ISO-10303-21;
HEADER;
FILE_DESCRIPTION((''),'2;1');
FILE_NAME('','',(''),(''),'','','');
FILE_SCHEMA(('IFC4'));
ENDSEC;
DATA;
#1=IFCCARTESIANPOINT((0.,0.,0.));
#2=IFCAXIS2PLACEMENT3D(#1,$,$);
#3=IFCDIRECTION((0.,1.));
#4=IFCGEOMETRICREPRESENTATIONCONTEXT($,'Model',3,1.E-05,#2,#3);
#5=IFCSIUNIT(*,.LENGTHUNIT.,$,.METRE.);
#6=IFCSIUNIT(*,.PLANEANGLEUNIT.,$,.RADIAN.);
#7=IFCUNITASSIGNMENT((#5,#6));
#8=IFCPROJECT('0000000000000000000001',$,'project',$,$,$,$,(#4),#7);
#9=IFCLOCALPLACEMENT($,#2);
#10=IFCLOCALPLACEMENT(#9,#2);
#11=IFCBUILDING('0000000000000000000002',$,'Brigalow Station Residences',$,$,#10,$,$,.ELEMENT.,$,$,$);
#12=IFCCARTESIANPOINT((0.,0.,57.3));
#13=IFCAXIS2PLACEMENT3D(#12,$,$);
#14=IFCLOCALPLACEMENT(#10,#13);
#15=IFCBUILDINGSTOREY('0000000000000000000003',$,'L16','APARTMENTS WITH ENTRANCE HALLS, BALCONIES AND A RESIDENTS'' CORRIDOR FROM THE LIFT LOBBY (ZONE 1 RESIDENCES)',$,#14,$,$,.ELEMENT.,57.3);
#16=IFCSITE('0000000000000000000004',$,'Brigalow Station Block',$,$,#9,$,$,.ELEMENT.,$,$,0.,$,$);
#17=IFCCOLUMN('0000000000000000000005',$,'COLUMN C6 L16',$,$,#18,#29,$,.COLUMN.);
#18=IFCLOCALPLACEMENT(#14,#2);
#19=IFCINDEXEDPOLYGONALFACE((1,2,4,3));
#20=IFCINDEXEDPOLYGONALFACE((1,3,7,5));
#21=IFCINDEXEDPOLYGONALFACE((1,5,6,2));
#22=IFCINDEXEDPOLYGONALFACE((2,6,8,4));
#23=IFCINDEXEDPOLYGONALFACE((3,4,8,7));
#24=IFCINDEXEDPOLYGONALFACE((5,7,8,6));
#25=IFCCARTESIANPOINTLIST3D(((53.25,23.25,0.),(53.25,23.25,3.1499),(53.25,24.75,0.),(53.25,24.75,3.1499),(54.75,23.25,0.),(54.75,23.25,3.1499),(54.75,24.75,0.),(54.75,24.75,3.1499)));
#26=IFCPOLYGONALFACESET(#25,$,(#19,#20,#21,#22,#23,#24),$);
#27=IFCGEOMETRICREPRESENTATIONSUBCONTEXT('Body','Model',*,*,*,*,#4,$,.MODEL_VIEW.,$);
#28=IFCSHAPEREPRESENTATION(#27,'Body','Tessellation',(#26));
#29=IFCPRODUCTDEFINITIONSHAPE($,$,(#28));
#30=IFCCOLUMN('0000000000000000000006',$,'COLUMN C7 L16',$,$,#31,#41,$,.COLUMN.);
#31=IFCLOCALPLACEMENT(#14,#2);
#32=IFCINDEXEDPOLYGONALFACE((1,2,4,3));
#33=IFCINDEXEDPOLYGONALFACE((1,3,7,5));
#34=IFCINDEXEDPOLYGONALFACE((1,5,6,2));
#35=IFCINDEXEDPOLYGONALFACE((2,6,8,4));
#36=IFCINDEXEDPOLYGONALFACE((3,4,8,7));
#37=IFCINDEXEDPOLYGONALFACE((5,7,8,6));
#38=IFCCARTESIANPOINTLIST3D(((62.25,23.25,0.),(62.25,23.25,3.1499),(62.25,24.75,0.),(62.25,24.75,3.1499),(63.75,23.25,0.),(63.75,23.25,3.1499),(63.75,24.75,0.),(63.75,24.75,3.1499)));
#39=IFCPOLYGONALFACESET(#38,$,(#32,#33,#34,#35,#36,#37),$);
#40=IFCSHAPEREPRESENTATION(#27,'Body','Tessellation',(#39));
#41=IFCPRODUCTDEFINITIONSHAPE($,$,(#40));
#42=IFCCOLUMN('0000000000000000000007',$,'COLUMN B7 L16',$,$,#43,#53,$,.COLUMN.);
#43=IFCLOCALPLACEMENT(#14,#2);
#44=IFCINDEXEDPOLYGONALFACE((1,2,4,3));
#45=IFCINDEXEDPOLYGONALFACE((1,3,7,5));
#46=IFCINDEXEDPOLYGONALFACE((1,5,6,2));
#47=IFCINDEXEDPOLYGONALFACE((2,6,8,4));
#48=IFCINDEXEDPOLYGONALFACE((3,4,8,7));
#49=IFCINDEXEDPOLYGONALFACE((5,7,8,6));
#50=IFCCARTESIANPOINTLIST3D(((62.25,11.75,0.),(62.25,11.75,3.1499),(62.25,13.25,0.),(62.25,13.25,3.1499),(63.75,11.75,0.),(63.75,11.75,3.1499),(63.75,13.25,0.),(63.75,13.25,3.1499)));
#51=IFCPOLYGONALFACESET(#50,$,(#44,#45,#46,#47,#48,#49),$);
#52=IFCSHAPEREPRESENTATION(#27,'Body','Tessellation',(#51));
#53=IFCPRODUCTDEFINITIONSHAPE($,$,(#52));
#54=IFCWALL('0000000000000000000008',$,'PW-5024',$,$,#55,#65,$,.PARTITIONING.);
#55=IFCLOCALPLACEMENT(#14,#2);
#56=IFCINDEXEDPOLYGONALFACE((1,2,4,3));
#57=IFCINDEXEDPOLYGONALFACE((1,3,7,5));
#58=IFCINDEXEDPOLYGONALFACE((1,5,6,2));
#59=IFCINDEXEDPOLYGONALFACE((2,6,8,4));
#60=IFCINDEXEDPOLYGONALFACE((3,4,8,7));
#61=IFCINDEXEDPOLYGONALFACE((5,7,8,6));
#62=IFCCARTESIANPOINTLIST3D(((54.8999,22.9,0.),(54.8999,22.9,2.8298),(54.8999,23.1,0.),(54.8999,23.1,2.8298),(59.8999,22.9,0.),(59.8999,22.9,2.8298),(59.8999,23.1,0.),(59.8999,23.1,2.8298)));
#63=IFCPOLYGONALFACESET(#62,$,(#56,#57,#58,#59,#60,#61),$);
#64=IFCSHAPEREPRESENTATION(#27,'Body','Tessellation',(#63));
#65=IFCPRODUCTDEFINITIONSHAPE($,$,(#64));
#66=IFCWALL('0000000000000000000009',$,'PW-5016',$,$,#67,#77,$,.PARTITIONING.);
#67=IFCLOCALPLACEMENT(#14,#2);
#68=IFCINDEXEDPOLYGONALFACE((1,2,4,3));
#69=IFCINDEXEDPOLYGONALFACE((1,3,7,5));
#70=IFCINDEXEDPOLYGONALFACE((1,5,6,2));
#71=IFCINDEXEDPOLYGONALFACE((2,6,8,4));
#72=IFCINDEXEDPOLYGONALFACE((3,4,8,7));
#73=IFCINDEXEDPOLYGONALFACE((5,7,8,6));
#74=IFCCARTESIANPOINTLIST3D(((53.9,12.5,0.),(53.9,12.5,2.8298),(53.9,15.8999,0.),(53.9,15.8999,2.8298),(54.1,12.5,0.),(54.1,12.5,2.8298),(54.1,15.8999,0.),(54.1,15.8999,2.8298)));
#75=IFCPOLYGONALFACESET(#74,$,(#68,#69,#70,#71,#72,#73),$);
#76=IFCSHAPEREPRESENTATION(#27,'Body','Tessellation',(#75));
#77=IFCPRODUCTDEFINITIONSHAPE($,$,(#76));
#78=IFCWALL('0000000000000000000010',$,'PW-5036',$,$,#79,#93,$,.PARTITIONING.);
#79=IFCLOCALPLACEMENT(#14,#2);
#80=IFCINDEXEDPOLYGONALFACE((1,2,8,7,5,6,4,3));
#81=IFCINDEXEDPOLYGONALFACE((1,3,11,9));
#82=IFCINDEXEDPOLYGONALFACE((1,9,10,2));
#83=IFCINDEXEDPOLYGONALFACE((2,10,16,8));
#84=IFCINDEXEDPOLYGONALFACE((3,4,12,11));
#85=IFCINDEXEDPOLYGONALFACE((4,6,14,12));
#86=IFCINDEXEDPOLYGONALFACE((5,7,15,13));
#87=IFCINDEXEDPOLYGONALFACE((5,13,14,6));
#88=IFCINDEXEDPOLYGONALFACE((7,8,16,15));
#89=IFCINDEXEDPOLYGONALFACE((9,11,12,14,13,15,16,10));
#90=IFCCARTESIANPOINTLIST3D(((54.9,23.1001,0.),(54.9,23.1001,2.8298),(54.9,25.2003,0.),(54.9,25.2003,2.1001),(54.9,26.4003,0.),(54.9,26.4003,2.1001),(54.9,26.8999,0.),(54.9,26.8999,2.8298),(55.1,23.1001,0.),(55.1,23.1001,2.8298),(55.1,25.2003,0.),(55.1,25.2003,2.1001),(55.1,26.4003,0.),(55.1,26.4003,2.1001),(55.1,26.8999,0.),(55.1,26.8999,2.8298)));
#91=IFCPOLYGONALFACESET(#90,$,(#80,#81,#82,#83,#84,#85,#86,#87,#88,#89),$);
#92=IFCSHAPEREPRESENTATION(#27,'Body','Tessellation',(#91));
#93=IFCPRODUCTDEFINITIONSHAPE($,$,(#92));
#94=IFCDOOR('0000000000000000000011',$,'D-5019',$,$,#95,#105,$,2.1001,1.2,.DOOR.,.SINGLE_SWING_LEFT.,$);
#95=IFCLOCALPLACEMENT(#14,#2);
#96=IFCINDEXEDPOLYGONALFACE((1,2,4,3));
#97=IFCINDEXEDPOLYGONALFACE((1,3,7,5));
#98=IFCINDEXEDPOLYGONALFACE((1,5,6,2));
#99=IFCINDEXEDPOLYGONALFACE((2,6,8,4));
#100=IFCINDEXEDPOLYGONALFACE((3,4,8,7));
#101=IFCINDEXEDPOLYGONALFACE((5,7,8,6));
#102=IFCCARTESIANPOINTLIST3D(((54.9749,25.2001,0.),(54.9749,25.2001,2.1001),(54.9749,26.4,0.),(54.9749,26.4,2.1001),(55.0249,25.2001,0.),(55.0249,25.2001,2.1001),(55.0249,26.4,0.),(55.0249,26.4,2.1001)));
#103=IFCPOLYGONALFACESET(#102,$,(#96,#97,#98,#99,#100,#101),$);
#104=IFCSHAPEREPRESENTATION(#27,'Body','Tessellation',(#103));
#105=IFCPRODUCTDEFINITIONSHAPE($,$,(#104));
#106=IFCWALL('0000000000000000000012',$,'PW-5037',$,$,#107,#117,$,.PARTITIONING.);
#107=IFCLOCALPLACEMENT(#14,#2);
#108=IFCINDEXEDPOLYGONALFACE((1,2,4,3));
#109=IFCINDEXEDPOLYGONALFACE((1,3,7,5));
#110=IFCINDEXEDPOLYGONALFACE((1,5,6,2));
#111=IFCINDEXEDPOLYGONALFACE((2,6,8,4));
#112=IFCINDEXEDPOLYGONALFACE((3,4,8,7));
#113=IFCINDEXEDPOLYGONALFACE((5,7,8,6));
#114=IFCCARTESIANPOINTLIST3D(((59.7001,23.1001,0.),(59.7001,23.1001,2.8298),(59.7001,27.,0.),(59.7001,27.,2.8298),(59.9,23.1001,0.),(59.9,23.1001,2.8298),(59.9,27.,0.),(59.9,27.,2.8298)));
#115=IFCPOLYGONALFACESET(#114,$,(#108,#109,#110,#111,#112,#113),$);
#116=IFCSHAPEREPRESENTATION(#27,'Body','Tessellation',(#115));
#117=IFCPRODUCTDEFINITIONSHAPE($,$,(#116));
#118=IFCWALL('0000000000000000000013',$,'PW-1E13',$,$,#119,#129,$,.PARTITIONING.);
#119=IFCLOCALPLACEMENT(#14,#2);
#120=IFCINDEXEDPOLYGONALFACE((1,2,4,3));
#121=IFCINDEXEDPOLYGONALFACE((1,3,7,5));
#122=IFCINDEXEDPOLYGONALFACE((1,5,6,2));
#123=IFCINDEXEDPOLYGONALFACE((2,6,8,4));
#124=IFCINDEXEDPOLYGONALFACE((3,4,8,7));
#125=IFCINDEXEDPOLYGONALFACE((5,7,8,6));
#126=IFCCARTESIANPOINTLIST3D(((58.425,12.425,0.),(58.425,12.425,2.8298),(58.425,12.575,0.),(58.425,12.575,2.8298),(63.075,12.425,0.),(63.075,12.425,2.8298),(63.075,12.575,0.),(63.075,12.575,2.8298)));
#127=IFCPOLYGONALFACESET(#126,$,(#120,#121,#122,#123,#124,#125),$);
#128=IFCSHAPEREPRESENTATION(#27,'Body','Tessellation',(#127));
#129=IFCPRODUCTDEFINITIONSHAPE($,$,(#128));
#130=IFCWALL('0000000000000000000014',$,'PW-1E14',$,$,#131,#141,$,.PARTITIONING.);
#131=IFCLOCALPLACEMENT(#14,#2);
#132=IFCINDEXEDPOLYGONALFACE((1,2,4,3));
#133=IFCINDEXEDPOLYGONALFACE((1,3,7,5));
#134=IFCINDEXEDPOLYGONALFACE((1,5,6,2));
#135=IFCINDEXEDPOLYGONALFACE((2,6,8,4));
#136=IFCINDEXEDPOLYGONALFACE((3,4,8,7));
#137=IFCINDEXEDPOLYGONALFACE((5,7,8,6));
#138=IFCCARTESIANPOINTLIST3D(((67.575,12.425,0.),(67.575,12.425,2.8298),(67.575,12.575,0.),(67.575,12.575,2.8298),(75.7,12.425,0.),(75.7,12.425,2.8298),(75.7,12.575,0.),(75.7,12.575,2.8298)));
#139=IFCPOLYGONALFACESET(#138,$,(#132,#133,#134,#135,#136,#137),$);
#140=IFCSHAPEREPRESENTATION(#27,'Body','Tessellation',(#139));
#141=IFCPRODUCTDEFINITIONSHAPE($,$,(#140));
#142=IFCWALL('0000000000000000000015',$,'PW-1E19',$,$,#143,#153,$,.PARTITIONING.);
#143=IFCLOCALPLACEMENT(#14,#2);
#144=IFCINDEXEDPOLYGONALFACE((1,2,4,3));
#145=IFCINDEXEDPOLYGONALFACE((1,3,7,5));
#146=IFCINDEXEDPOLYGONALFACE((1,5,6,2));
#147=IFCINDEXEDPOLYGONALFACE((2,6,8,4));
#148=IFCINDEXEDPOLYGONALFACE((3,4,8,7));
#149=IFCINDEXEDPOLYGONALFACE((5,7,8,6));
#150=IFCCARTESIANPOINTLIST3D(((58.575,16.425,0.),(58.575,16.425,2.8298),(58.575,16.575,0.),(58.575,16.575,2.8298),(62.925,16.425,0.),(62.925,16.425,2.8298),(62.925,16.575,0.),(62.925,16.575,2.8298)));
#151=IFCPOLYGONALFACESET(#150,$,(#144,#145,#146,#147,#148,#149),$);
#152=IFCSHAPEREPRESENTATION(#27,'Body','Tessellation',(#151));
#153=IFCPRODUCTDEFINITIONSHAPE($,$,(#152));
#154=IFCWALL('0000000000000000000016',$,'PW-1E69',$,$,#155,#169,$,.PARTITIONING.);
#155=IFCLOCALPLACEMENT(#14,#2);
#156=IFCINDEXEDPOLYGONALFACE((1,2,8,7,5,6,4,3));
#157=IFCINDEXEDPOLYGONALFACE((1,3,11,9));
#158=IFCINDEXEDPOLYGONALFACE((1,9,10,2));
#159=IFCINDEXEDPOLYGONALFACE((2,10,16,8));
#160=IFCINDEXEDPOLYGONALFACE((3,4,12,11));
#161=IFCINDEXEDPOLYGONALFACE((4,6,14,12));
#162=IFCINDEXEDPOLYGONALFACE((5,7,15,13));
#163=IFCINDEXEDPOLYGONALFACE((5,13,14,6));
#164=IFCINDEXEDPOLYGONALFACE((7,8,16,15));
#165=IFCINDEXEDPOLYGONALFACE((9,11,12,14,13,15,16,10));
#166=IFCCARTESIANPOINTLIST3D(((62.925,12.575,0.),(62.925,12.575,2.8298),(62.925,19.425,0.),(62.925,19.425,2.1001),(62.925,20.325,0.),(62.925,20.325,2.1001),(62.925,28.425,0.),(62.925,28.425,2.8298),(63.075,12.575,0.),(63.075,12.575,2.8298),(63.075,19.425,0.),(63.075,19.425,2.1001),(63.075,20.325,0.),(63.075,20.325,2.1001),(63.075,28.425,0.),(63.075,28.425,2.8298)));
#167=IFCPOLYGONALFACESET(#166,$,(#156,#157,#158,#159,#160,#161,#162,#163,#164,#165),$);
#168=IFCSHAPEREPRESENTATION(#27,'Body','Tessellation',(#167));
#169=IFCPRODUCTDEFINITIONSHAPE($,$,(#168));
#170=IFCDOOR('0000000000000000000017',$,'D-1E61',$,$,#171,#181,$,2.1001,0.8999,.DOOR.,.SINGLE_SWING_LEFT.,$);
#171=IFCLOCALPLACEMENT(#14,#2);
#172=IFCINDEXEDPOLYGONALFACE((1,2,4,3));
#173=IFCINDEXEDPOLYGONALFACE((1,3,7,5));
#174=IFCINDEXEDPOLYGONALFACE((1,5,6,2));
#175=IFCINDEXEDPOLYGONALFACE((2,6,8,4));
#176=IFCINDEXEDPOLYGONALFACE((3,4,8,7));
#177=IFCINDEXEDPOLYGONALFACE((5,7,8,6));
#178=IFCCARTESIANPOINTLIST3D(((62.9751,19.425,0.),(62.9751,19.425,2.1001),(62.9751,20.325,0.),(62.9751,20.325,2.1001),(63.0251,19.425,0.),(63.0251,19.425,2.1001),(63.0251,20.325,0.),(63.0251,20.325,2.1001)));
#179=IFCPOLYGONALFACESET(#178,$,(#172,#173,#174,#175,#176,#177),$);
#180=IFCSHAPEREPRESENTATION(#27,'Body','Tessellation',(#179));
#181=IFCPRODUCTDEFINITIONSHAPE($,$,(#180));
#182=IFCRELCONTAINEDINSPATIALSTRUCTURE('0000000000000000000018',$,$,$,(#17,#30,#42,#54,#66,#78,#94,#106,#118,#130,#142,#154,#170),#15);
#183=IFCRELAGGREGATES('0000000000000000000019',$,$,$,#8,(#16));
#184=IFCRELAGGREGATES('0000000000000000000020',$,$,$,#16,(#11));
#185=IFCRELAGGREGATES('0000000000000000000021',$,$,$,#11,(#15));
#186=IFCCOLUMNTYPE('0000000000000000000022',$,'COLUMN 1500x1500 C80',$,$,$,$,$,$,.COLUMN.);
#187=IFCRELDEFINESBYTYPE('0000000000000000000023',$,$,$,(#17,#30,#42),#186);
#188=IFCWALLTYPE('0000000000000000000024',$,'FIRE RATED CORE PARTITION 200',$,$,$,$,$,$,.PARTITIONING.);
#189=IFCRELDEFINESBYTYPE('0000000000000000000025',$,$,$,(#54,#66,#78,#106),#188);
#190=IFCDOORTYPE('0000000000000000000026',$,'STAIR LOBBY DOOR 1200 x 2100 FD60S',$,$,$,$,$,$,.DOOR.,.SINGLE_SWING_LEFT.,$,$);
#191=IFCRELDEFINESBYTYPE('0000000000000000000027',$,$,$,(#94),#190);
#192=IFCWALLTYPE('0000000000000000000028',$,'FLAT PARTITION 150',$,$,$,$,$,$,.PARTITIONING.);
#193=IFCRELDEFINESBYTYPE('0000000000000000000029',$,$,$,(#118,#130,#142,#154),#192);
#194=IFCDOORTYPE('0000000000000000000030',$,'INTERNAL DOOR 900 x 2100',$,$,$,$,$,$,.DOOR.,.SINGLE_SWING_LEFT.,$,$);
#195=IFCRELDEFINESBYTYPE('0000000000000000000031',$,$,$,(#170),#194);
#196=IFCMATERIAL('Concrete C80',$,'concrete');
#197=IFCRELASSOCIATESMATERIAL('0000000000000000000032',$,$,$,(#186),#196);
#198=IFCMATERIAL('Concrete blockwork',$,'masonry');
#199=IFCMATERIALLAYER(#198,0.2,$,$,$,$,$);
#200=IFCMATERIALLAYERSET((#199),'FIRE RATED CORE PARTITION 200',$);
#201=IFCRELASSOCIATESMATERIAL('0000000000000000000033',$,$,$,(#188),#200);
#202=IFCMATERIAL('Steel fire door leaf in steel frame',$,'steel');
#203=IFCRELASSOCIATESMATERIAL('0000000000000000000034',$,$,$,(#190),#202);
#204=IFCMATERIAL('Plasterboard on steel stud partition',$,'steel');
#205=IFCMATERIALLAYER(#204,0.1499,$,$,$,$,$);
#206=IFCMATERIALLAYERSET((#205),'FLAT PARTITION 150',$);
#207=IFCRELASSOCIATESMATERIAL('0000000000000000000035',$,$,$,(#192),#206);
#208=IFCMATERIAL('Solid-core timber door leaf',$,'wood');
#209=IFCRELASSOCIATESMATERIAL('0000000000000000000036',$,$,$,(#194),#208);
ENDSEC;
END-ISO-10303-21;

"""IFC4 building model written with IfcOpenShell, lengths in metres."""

from ifc_helpers import new_model, si_unit, direction, frame, frame_2d, origin, origin_2d, place, context, subcontext, project, spatial, rectangle, extrude, material, layer, layer_set, material_profile, profile_set, type_object, element, fill, save


model = new_model("IFC4")

# Units and contexts
model_context = context("Model", 3, precision=1e-05, world=origin(), true_north=direction((0.0, 1.0)))
body_context = subcontext(model_context, "Body", "Model", "MODEL_VIEW")
ifc_project = project(units=[si_unit("LENGTHUNIT", "METRE"), si_unit("PLANEANGLEUNIT", "RADIAN")], contexts=[model_context])

# Site, building, storey
site_placement = place(None, origin())
site = spatial("IfcSite", under=ifc_project, at=site_placement, Name="Brigalow Station Block", CompositionType="ELEMENT", RefElevation=0.0)
building_placement = place(site_placement, origin())
building = spatial("IfcBuilding", under=site, at=building_placement, Name="Brigalow Station Residences", CompositionType="ELEMENT")
storey_placement = place(building_placement, frame((0.0, 0.0, 57.3)))
storey = spatial("IfcBuildingStorey", under=building, at=storey_placement, Name="L16", Description="APARTMENTS WITH ENTRANCE HALLS, BALCONIES AND A RESIDENTS' CORRIDOR FROM THE LIFT LOBBY (ZONE 1 RESIDENCES)", CompositionType="ELEMENT", Elevation=57.3)

# Columns
ifc_material_1 = material(Name="Concrete C80", Category="concrete")
ifc_material_profile = material_profile(ifc_material_1, rectangle(XDim=1.5, YDim=1.5, at=origin_2d()), Name="RC1500x1500")
ifc_profile_set = profile_set([ifc_material_profile], Name="Concrete C80")
column_type = type_object("IfcColumnType", Name="COLUMN 1500x1500 C80", PredefinedType="COLUMN", material=ifc_profile_set)
for number, where, z_axis, x_axis, name in (
    (1, (54.0, 24.0, 0.0), (0.0, 0.0, 1.0), (1.0, 0.0, 0.0), "COLUMN C6 L16"),
    (2, (63.0, 24.0, 0.0), (0.0, 0.0, 1.0), (1.0, 0.0, 0.0), "COLUMN C7 L16"),
    (3, (63.0, 12.5, 0.0), (0.0, 0.0, 1.0), (1.0, 0.0, 0.0), "COLUMN B7 L16"),
):
    element("IfcColumn", number, at=place(storey_placement, frame(where, z_axis=z_axis, x_axis=x_axis)), inside=storey, type_object=column_type, Name=name, PredefinedType="COLUMN", context=body_context, shape_type="SweptSolid", body=[
        extrude(rectangle(XDim=1.5, YDim=1.5, at=origin_2d()), origin(), (0.0, 0.0, 1.0), 3.1499),
    ])

# Walls
ifc_material_2 = material(Name="Concrete blockwork", Category="masonry")
ifc_layer_1 = layer(ifc_material_2, 0.2)
ifc_layer_set_1 = layer_set([ifc_layer_1], Name="FIRE RATED CORE PARTITION 200")
wall_type_1 = type_object("IfcWallType", Name="FIRE RATED CORE PARTITION 200", PredefinedType="PARTITIONING", material=ifc_layer_set_1)
wall_1_placement = place(storey_placement, frame((54.8999, 23.0, 0.0), z_axis=(0.0, 0.0, 1.0), x_axis=(1.0, 0.0, 0.0)))
element("IfcWall", 4, at=wall_1_placement, inside=storey, type_object=wall_type_1, Name="PW-5024", PredefinedType="PARTITIONING", context=body_context, shape_type="SweptSolid", body=[
    extrude(rectangle(XDim=5.0, YDim=0.2, at=frame_2d((2.5, 0.0))), origin(), (0.0, 0.0, 1.0), 2.8298),
])
wall_2_placement = place(storey_placement, frame((54.0, 12.5, 0.0), z_axis=(0.0, 0.0, 1.0), x_axis=(0.0, 1.0, 0.0)))
element("IfcWall", 5, at=wall_2_placement, inside=storey, type_object=wall_type_1, Name="PW-5016", PredefinedType="PARTITIONING", context=body_context, shape_type="SweptSolid", body=[
    extrude(rectangle(XDim=3.3999, YDim=0.2, at=frame_2d((1.7, 0.0))), origin(), (0.0, 0.0, 1.0), 2.8298),
])

# Wall, opening, door
wall_3_placement = place(storey_placement, frame((55.0, 23.1001, 0.0), z_axis=(0.0, 0.0, 1.0), x_axis=(0.0, 1.0, 0.0)))
wall_3 = element("IfcWall", 6, at=wall_3_placement, inside=storey, type_object=wall_type_1, Name="PW-5036", PredefinedType="PARTITIONING", context=body_context, shape_type="SweptSolid", body=[
    extrude(rectangle(XDim=3.7998, YDim=0.2, at=frame_2d((1.8999, 0.0))), origin(), (0.0, 0.0, 1.0), 2.8298),
])
opening_1_placement = place(wall_3_placement, frame((2.1001, 0.0, 0.0)))
opening_1 = element("IfcOpeningElement", 7, at=opening_1_placement, cuts=wall_3, PredefinedType="OPENING", context=body_context, shape_type="SweptSolid", body=[
    extrude(rectangle(XDim=1.2, YDim=2.1001, at=frame_2d((0.6001, 1.05))), frame((0.0, 0.1099, 0.0), z_axis=(0.0, -1.0, 0.0), x_axis=(1.0, 0.0, 0.0)), (0.0, 0.0, 1.0), 0.22),
])
ifc_material_3 = material(Name="Steel fire door leaf in steel frame", Category="steel")
door_type_1 = type_object("IfcDoorType", Name="STAIR LOBBY DOOR 1200 x 2100 FD60S", OperationType="SINGLE_SWING_LEFT", PredefinedType="DOOR", material=ifc_material_3)
door_1_placement = place(opening_1_placement, frame((1.2, 0.0, 0.0), z_axis=(0.0, 0.0, 1.0), x_axis=(-1.0, 0.0, 0.0)))
door_1 = element("IfcDoor", 8, at=door_1_placement, inside=storey, type_object=door_type_1, Name="D-5019", OperationType="SINGLE_SWING_LEFT", OverallHeight=2.1001, OverallWidth=1.2, PredefinedType="DOOR", context=body_context, shape_type="SweptSolid", body=[
    extrude(rectangle(XDim=1.2, YDim=2.1001, at=frame_2d((0.6001, 1.05))), frame((0.0, 0.0249, 0.0), z_axis=(0.0, -1.0, 0.0), x_axis=(1.0, 0.0, 0.0)), (0.0, 0.0, 1.0), 0.05),
])
fill(opening_1, door_1)

# Walls
wall_4_placement = place(storey_placement, frame((59.8, 23.1001, 0.0), z_axis=(0.0, 0.0, 1.0), x_axis=(0.0, 1.0, 0.0)))
element("IfcWall", 9, at=wall_4_placement, inside=storey, type_object=wall_type_1, Name="PW-5037", PredefinedType="PARTITIONING", context=body_context, shape_type="SweptSolid", body=[
    extrude(rectangle(XDim=3.8999, YDim=0.2, at=frame_2d((1.95, 0.0))), origin(), (0.0, 0.0, 1.0), 2.8298),
])
ifc_material_4 = material(Name="Plasterboard on steel stud partition", Category="steel")
ifc_layer_2 = layer(ifc_material_4, 0.1499)
ifc_layer_set_2 = layer_set([ifc_layer_2], Name="FLAT PARTITION 150")
wall_type_2 = type_object("IfcWallType", Name="FLAT PARTITION 150", PredefinedType="PARTITIONING", material=ifc_layer_set_2)
wall_5_placement = place(storey_placement, frame((58.425, 12.5, 0.0), z_axis=(0.0, 0.0, 1.0), x_axis=(1.0, 0.0, 0.0)))
element("IfcWall", 10, at=wall_5_placement, inside=storey, type_object=wall_type_2, Name="PW-1E13", PredefinedType="PARTITIONING", context=body_context, shape_type="SweptSolid", body=[
    extrude(rectangle(XDim=4.6499, YDim=0.1499, at=frame_2d((2.325, 0.0))), origin(), (0.0, 0.0, 1.0), 2.8298),
])
wall_6_placement = place(storey_placement, frame((67.575, 12.5, 0.0), z_axis=(0.0, 0.0, 1.0), x_axis=(1.0, 0.0, 0.0)))
element("IfcWall", 11, at=wall_6_placement, inside=storey, type_object=wall_type_2, Name="PW-1E14", PredefinedType="PARTITIONING", context=body_context, shape_type="SweptSolid", body=[
    extrude(rectangle(XDim=8.125, YDim=0.1499, at=frame_2d((4.0625, 0.0))), origin(), (0.0, 0.0, 1.0), 2.8298),
])
wall_7_placement = place(storey_placement, frame((58.575, 16.5, 0.0), z_axis=(0.0, 0.0, 1.0), x_axis=(1.0, 0.0, 0.0)))
element("IfcWall", 12, at=wall_7_placement, inside=storey, type_object=wall_type_2, Name="PW-1E19", PredefinedType="PARTITIONING", context=body_context, shape_type="SweptSolid", body=[
    extrude(rectangle(XDim=4.3501, YDim=0.1499, at=frame_2d((2.175, 0.0))), origin(), (0.0, 0.0, 1.0), 2.8298),
])

# Wall, opening, door
wall_8_placement = place(storey_placement, frame((63.0, 12.575, 0.0), z_axis=(0.0, 0.0, 1.0), x_axis=(0.0, 1.0, 0.0)))
wall_8 = element("IfcWall", 13, at=wall_8_placement, inside=storey, type_object=wall_type_2, Name="PW-1E69", PredefinedType="PARTITIONING", context=body_context, shape_type="SweptSolid", body=[
    extrude(rectangle(XDim=15.8501, YDim=0.1499, at=frame_2d((7.925, 0.0))), origin(), (0.0, 0.0, 1.0), 2.8298),
])
opening_2_placement = place(wall_8_placement, frame((6.8501, 0.0, 0.0)))
opening_2 = element("IfcOpeningElement", 14, at=opening_2_placement, cuts=wall_8, PredefinedType="OPENING", context=body_context, shape_type="SweptSolid", body=[
    extrude(rectangle(XDim=0.8999, YDim=2.1001, at=frame_2d((0.45, 1.05))), frame((0.0, 0.085, 0.0), z_axis=(0.0, -1.0, 0.0), x_axis=(1.0, 0.0, 0.0)), (0.0, 0.0, 1.0), 0.1699),
])
ifc_material_5 = material(Name="Solid-core timber door leaf", Category="wood")
door_type_2 = type_object("IfcDoorType", Name="INTERNAL DOOR 900 x 2100", OperationType="SINGLE_SWING_LEFT", PredefinedType="DOOR", material=ifc_material_5)
door_2_placement = place(opening_2_placement, origin())
door_2 = element("IfcDoor", 15, at=door_2_placement, inside=storey, type_object=door_type_2, Name="D-1E61", OperationType="SINGLE_SWING_LEFT", OverallHeight=2.1001, OverallWidth=0.8999, PredefinedType="DOOR", context=body_context, shape_type="SweptSolid", body=[
    extrude(rectangle(XDim=0.8999, YDim=2.1001, at=frame_2d((0.45, 1.05))), frame((0.0, 0.0249, 0.0), z_axis=(0.0, -1.0, 0.0), x_axis=(1.0, 0.0, 0.0)), (0.0, 0.0, 1.0), 0.05),
])
fill(opening_2, door_2)

save(model, "model.ifc")
